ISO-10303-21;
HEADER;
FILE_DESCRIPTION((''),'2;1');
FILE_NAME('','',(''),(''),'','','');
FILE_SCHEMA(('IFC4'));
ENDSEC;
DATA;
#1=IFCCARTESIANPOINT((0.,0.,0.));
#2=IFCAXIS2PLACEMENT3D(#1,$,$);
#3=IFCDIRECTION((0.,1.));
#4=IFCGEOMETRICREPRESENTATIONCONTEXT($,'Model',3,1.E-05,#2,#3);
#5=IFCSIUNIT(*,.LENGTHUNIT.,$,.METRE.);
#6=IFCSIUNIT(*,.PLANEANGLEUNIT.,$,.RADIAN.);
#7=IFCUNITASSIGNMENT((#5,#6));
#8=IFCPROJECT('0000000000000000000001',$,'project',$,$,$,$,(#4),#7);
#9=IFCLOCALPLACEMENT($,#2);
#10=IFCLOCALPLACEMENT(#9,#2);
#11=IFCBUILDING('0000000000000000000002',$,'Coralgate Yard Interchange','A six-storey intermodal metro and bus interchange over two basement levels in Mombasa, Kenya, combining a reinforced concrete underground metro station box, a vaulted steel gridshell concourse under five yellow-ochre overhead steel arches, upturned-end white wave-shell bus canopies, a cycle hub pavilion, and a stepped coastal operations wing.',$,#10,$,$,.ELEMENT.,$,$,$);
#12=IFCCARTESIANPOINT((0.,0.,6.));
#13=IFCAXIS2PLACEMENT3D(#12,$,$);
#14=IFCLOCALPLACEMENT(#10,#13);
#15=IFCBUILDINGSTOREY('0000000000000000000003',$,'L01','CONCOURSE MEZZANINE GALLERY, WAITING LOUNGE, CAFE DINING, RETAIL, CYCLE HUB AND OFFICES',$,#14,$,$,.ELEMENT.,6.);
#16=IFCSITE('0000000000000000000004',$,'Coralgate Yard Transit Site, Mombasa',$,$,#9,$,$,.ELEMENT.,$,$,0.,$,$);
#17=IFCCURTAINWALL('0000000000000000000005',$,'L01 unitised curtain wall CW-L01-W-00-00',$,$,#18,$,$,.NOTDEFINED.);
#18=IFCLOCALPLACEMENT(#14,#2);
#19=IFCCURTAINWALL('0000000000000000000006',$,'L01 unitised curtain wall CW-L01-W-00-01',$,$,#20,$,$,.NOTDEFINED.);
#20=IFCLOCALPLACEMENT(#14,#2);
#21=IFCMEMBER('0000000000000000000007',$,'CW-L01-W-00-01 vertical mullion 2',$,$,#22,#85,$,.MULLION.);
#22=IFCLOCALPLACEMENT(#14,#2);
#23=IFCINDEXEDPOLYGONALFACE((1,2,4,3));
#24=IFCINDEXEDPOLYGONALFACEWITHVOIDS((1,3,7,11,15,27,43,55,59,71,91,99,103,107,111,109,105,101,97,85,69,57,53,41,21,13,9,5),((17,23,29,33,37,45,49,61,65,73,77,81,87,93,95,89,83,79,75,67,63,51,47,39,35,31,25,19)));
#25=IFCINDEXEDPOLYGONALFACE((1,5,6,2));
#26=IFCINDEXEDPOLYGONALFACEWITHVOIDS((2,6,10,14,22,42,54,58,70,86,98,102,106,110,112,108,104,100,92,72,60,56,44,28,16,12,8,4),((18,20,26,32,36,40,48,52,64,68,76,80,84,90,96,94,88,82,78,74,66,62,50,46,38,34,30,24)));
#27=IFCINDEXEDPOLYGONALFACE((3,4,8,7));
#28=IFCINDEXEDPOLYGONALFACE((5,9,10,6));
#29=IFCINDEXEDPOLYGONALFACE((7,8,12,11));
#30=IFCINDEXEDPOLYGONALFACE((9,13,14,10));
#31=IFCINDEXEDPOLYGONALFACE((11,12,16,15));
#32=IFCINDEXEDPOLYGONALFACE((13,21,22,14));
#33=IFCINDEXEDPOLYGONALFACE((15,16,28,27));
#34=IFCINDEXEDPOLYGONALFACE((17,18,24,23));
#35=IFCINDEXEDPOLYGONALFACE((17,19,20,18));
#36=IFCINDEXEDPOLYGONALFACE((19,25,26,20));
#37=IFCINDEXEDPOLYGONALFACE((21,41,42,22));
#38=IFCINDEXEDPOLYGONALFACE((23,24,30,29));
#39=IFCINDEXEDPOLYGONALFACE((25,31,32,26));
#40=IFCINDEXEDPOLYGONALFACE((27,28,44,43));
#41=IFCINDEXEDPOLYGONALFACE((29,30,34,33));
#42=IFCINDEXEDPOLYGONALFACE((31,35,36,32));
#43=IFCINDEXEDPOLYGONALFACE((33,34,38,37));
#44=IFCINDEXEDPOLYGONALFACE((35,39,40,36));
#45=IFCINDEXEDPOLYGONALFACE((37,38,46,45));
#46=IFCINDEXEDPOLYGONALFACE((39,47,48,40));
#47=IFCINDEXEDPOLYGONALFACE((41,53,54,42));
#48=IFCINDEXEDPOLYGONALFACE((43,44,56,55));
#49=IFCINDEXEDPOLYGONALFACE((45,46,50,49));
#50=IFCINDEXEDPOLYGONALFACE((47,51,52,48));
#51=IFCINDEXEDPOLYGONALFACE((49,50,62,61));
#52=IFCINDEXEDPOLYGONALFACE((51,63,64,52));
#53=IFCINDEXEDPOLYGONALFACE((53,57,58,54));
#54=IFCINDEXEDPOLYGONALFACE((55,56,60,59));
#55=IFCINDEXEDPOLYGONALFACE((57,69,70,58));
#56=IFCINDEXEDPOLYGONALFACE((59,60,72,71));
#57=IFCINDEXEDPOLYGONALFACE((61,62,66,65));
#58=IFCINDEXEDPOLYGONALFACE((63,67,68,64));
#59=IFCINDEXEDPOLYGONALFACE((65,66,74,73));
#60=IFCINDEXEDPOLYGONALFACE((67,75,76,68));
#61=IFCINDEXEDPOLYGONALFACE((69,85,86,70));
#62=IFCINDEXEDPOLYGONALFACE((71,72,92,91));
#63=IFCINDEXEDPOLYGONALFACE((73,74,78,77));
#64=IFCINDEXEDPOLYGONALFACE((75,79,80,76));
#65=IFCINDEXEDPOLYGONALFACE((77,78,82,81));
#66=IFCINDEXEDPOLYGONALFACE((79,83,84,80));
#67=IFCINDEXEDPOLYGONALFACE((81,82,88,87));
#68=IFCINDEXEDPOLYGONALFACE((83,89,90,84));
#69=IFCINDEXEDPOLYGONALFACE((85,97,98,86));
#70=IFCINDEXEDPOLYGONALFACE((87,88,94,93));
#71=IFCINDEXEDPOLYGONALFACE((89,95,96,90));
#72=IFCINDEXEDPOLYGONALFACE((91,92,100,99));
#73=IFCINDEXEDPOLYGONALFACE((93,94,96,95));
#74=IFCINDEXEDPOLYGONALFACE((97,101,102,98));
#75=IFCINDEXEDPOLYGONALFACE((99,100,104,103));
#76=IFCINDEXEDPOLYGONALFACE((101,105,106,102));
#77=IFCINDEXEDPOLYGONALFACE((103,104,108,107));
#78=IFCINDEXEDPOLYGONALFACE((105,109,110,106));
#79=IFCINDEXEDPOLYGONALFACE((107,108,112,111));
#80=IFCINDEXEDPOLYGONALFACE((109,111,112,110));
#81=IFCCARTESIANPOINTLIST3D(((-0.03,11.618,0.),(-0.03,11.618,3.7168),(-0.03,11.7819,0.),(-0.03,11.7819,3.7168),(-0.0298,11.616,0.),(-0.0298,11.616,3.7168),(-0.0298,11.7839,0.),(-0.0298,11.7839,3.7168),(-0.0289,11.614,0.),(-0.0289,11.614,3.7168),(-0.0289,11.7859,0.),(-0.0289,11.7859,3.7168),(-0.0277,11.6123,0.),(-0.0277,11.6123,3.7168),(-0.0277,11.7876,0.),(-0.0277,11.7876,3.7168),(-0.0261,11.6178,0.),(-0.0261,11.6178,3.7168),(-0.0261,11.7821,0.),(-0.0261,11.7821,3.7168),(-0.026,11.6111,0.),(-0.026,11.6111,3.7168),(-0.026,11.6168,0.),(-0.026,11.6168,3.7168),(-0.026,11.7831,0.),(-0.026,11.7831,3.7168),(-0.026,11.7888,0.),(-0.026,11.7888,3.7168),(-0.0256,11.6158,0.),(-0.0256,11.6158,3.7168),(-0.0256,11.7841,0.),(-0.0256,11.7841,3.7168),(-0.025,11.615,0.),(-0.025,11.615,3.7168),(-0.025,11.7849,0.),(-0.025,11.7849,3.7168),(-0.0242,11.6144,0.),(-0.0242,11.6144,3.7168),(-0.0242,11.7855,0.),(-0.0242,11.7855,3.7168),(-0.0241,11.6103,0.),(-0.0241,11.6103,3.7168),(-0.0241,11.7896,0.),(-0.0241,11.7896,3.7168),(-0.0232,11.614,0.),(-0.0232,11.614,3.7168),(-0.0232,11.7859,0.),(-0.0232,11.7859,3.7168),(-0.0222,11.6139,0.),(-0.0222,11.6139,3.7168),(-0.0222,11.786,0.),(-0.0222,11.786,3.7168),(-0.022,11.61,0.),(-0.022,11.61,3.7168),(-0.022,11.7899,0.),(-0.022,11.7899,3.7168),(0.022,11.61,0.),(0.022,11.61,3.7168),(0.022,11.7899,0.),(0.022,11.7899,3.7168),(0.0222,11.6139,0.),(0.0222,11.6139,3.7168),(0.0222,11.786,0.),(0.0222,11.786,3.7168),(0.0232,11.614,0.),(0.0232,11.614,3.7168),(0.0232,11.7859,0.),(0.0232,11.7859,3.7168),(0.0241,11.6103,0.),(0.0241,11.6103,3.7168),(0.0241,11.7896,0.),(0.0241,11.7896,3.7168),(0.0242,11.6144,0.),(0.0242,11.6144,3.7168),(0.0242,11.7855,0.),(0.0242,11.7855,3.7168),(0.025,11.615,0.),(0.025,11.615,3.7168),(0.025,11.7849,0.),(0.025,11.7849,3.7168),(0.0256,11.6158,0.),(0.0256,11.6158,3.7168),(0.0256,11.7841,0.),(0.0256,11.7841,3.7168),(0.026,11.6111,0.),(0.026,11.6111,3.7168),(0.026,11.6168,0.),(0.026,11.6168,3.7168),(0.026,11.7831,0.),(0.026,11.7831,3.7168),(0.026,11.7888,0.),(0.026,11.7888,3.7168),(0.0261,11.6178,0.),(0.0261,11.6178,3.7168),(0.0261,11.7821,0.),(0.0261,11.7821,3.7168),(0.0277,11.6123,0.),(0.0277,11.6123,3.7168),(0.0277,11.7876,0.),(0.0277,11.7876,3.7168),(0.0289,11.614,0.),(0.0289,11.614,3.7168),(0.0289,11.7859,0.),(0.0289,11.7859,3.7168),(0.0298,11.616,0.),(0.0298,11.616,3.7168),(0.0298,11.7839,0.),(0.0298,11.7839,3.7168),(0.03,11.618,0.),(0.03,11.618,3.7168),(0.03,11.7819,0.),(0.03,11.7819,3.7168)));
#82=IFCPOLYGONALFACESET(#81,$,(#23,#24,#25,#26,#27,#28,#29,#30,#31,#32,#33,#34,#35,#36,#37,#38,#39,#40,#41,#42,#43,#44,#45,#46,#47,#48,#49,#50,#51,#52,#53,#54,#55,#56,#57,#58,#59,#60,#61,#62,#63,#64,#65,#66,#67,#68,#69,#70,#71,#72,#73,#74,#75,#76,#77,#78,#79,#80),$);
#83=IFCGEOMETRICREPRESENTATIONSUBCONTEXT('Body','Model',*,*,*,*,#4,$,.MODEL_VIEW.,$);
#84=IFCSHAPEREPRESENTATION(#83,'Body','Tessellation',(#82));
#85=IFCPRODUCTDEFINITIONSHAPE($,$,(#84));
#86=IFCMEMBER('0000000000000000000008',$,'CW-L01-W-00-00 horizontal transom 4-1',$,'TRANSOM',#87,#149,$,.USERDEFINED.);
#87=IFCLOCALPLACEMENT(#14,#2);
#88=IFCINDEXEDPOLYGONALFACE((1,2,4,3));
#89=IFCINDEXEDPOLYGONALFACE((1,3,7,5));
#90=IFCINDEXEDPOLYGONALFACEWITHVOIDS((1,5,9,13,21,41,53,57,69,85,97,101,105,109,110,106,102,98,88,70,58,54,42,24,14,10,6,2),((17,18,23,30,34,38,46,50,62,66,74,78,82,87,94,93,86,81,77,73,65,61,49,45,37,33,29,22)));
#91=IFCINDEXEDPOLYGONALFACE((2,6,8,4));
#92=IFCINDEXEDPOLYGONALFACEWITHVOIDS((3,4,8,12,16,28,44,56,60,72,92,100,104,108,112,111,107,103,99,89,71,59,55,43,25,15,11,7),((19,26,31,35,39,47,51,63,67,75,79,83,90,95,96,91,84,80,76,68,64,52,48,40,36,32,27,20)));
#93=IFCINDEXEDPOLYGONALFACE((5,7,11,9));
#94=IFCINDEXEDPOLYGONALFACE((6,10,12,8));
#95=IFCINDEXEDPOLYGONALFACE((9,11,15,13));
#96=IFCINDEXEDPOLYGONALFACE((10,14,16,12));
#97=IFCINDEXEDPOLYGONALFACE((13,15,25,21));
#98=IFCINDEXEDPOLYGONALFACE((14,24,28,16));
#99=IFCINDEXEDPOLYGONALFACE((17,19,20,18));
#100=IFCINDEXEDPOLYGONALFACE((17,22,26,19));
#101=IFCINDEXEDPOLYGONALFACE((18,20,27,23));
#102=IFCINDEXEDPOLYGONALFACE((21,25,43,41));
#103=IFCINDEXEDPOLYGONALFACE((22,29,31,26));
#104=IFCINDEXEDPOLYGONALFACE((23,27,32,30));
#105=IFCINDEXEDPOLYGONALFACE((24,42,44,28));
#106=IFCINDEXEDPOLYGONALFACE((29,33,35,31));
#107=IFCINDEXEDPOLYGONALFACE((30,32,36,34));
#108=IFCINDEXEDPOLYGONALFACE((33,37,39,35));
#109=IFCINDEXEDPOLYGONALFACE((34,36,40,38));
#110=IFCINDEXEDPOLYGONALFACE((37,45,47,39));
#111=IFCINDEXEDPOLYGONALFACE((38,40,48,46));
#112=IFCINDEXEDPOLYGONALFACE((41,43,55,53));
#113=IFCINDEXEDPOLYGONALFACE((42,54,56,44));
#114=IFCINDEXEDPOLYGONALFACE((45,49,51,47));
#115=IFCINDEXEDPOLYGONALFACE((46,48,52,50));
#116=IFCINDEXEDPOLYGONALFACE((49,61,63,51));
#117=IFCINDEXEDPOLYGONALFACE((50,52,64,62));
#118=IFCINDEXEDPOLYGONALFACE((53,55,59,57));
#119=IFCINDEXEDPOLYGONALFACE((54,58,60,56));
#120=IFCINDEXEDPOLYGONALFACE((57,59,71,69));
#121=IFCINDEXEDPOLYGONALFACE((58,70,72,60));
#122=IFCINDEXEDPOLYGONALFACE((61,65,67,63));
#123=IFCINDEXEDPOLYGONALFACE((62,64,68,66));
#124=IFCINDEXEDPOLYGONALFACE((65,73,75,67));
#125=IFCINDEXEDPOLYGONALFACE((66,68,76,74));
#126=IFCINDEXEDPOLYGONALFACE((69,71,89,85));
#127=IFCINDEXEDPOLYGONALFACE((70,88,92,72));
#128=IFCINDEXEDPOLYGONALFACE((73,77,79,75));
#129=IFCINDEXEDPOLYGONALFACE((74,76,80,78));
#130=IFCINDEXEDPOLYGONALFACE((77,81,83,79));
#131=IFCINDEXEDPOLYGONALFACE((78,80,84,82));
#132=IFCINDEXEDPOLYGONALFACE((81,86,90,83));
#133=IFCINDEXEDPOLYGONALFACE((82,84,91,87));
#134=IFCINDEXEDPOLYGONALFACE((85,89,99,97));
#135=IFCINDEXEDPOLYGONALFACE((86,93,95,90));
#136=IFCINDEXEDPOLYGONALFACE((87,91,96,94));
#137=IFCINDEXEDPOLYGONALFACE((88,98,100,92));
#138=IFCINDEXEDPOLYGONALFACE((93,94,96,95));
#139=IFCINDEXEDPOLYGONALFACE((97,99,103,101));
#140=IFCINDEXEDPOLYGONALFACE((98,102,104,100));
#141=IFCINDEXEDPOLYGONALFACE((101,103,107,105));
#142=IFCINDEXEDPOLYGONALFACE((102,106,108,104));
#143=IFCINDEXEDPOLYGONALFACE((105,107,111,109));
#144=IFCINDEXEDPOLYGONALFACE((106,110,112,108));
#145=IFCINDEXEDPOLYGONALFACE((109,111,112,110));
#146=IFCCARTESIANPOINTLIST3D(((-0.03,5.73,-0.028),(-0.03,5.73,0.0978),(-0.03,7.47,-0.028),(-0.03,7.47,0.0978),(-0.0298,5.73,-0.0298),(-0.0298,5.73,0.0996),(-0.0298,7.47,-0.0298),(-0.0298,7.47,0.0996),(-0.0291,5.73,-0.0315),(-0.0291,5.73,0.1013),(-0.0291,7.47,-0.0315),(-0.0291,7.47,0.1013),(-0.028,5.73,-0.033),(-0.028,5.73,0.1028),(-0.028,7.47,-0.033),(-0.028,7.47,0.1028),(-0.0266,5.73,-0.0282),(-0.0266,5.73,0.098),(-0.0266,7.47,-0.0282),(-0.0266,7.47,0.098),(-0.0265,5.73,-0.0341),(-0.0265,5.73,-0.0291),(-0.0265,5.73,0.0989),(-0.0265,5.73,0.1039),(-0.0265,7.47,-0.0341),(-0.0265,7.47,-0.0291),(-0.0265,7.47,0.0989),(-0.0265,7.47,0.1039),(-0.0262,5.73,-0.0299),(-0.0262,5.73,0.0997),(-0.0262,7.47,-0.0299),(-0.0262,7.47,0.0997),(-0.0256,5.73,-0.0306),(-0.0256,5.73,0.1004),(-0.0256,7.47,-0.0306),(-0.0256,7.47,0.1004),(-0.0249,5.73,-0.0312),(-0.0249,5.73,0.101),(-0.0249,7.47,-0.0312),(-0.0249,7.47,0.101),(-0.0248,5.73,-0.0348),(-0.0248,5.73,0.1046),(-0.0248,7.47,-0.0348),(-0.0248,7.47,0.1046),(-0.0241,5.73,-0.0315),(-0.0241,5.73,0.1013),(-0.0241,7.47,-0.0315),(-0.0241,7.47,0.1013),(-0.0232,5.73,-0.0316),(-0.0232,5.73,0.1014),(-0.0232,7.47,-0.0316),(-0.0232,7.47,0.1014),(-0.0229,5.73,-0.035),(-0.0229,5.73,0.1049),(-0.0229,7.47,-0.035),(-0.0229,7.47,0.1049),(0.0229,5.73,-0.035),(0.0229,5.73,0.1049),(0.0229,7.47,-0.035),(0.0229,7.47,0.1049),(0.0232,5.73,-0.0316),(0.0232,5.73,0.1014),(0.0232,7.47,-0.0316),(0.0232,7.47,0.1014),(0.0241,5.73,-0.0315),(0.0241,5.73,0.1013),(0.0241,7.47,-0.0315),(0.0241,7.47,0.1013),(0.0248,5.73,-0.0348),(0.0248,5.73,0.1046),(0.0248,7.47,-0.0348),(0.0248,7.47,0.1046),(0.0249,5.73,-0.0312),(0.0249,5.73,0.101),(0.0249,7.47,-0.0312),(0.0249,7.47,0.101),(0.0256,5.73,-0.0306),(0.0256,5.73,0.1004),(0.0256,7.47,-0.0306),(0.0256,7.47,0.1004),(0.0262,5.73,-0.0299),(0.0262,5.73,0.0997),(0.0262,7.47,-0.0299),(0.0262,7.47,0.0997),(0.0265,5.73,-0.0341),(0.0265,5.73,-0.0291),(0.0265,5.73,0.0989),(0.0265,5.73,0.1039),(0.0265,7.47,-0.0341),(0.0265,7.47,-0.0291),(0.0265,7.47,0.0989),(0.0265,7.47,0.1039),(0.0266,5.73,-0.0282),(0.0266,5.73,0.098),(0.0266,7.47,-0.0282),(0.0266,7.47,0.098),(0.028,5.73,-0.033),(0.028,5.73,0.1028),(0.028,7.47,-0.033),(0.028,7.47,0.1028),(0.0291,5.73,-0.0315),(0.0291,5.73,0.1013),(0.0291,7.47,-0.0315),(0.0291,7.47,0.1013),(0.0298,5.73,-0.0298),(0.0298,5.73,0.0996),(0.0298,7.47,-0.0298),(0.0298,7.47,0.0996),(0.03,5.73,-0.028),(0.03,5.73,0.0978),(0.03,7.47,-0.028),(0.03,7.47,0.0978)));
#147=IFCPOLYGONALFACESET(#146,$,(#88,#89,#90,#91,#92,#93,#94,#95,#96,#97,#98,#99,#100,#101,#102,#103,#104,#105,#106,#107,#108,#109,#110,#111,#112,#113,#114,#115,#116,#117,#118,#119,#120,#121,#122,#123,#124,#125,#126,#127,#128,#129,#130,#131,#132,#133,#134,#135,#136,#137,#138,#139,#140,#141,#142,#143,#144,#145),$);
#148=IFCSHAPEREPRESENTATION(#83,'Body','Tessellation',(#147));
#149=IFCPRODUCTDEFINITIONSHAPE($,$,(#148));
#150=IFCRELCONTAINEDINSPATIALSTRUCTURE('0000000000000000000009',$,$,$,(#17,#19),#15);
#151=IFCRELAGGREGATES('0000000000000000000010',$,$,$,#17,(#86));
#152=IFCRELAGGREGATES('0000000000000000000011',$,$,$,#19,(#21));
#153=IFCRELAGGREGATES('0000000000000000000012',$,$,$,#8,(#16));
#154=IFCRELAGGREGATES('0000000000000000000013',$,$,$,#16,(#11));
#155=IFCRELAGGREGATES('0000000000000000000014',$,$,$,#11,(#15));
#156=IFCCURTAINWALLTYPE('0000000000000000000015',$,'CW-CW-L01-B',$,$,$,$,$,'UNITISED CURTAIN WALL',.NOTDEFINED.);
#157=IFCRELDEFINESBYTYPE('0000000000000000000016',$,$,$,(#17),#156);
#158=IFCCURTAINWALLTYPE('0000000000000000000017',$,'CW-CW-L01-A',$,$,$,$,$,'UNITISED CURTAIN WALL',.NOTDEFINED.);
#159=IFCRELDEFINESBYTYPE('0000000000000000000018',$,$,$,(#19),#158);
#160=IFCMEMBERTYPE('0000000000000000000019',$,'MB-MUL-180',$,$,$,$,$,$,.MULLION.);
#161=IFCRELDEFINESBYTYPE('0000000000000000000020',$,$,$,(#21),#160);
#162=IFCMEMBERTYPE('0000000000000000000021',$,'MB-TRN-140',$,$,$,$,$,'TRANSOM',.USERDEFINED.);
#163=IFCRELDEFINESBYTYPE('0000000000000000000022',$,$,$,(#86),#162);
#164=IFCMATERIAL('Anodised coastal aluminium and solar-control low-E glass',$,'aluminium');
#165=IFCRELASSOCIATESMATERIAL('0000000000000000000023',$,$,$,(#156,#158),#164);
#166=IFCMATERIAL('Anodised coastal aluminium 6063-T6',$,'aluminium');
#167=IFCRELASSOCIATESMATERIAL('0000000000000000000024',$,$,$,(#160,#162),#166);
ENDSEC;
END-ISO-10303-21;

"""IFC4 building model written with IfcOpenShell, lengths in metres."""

from ifc_helpers import new_model, si_unit, direction, frame, origin, origin_2d, place, context, subcontext, project, spatial, hollow_rectangle, extrude, material, material_profile, profile_set, type_object, element, aggregate, save


model = new_model("IFC4")

# Units and contexts
model_context = context("Model", 3, precision=1e-05, world=origin(), true_north=direction((0.0, 1.0)))
body_context = subcontext(model_context, "Body", "Model", "MODEL_VIEW")
ifc_project = project(units=[si_unit("LENGTHUNIT", "METRE"), si_unit("PLANEANGLEUNIT", "RADIAN")], contexts=[model_context])

# Site, building, storey
site_placement = place(None, origin())
site = spatial("IfcSite", under=ifc_project, at=site_placement, Name="Coralgate Yard Transit Site, Mombasa", CompositionType="ELEMENT", RefElevation=0.0)
building_placement = place(site_placement, origin())
building = spatial("IfcBuilding", under=site, at=building_placement, Name="Coralgate Yard Interchange", Description="A six-storey intermodal metro and bus interchange over two basement levels in Mombasa, Kenya, combining a reinforced concrete underground metro station box, a vaulted steel gridshell concourse under five yellow-ochre overhead steel arches, upturned-end white wave-shell bus canopies, a cycle hub pavilion, and a stepped coastal operations wing.", CompositionType="ELEMENT")
storey_placement = place(building_placement, frame((0.0, 0.0, 6.0)))
storey = spatial("IfcBuildingStorey", under=building, at=storey_placement, Name="L01", Description="CONCOURSE MEZZANINE GALLERY, WAITING LOUNGE, CAFE DINING, RETAIL, CYCLE HUB AND OFFICES", CompositionType="ELEMENT", Elevation=6.0)

# Curtain walls, member
ifc_material_1 = material(Name="Anodised coastal aluminium and solar-control low-E glass", Category="aluminium")
curtain_wall_type_1 = type_object("IfcCurtainWallType", Name="CW-CW-L01-B", ElementType="UNITISED CURTAIN WALL", PredefinedType="NOTDEFINED", material=ifc_material_1)
curtain_wall_1_placement = place(storey_placement, origin())
curtain_wall_1 = element("IfcCurtainWall", 1, at=curtain_wall_1_placement, inside=storey, type_object=curtain_wall_type_1, Name="L01 unitised curtain wall CW-L01-W-00-00", PredefinedType="NOTDEFINED")
ifc_material_2 = material(Name="Anodised coastal aluminium 6063-T6", Category="aluminium")
ifc_material_profile_1 = material_profile(ifc_material_2, hollow_rectangle(XDim=0.0601, YDim=0.1799, WallThickness=0.0039, InnerFilletRadius=0.0039, OuterFilletRadius=0.0081, at=origin_2d()), Name="ALU 60x180x4")
ifc_profile_set_1 = profile_set([ifc_material_profile_1], Name="Anodised coastal aluminium 6063-T6")
member_type_1 = type_object("IfcMemberType", Name="MB-MUL-180", PredefinedType="MULLION", material=ifc_profile_set_1)
curtain_wall_type_2 = type_object("IfcCurtainWallType", Name="CW-CW-L01-A", ElementType="UNITISED CURTAIN WALL", PredefinedType="NOTDEFINED", material=ifc_material_1)
curtain_wall_2_placement = place(storey_placement, origin())
curtain_wall_2 = element("IfcCurtainWall", 2, at=curtain_wall_2_placement, inside=storey, type_object=curtain_wall_type_2, Name="L01 unitised curtain wall CW-L01-W-00-01", PredefinedType="NOTDEFINED")
member_1_placement = place(storey_placement, frame((0.0, 11.7, 0.0), z_axis=(0.0, 0.0, 1.0), x_axis=(1.0, 0.0, 0.0)))
member_1 = element("IfcMember", 3, at=member_1_placement, type_object=member_type_1, Name="CW-L01-W-00-01 vertical mullion 2", PredefinedType="MULLION", context=body_context, shape_type="SweptSolid", body=[
    extrude(hollow_rectangle(XDim=0.0601, YDim=0.1799, WallThickness=0.0039, InnerFilletRadius=0.0039, OuterFilletRadius=0.0081, at=origin_2d()), origin(), (0.0, 0.0, 1.0), 3.7168),
])

# Member
ifc_material_profile_2 = material_profile(ifc_material_2, hollow_rectangle(XDim=0.0601, YDim=0.1399, WallThickness=0.0034, InnerFilletRadius=0.0034, OuterFilletRadius=0.0071, at=origin_2d()), Name="ALU 60x140x3.5")
ifc_profile_set_2 = profile_set([ifc_material_profile_2], Name="Anodised coastal aluminium 6063-T6")
member_type_2 = type_object("IfcMemberType", Name="MB-TRN-140", ElementType="TRANSOM", PredefinedType="USERDEFINED", material=ifc_profile_set_2)
member_2_placement = place(storey_placement, frame((0.0, 5.73, 0.0349), z_axis=(0.0, 1.0, 0.0), x_axis=(-1.0, 0.0, 0.0)))
member_2 = element("IfcMember", 4, at=member_2_placement, type_object=member_type_2, Name="CW-L01-W-00-00 horizontal transom 4-1", ObjectType="TRANSOM", PredefinedType="USERDEFINED", context=body_context, shape_type="SweptSolid", body=[
    extrude(hollow_rectangle(XDim=0.0601, YDim=0.1399, WallThickness=0.0034, InnerFilletRadius=0.0034, OuterFilletRadius=0.0071, at=origin_2d()), origin(), (0.0, 0.0, 1.0), 1.74),
])

aggregate(curtain_wall_1, [member_2])
aggregate(curtain_wall_2, [member_1])

save(model, "model.ifc")
